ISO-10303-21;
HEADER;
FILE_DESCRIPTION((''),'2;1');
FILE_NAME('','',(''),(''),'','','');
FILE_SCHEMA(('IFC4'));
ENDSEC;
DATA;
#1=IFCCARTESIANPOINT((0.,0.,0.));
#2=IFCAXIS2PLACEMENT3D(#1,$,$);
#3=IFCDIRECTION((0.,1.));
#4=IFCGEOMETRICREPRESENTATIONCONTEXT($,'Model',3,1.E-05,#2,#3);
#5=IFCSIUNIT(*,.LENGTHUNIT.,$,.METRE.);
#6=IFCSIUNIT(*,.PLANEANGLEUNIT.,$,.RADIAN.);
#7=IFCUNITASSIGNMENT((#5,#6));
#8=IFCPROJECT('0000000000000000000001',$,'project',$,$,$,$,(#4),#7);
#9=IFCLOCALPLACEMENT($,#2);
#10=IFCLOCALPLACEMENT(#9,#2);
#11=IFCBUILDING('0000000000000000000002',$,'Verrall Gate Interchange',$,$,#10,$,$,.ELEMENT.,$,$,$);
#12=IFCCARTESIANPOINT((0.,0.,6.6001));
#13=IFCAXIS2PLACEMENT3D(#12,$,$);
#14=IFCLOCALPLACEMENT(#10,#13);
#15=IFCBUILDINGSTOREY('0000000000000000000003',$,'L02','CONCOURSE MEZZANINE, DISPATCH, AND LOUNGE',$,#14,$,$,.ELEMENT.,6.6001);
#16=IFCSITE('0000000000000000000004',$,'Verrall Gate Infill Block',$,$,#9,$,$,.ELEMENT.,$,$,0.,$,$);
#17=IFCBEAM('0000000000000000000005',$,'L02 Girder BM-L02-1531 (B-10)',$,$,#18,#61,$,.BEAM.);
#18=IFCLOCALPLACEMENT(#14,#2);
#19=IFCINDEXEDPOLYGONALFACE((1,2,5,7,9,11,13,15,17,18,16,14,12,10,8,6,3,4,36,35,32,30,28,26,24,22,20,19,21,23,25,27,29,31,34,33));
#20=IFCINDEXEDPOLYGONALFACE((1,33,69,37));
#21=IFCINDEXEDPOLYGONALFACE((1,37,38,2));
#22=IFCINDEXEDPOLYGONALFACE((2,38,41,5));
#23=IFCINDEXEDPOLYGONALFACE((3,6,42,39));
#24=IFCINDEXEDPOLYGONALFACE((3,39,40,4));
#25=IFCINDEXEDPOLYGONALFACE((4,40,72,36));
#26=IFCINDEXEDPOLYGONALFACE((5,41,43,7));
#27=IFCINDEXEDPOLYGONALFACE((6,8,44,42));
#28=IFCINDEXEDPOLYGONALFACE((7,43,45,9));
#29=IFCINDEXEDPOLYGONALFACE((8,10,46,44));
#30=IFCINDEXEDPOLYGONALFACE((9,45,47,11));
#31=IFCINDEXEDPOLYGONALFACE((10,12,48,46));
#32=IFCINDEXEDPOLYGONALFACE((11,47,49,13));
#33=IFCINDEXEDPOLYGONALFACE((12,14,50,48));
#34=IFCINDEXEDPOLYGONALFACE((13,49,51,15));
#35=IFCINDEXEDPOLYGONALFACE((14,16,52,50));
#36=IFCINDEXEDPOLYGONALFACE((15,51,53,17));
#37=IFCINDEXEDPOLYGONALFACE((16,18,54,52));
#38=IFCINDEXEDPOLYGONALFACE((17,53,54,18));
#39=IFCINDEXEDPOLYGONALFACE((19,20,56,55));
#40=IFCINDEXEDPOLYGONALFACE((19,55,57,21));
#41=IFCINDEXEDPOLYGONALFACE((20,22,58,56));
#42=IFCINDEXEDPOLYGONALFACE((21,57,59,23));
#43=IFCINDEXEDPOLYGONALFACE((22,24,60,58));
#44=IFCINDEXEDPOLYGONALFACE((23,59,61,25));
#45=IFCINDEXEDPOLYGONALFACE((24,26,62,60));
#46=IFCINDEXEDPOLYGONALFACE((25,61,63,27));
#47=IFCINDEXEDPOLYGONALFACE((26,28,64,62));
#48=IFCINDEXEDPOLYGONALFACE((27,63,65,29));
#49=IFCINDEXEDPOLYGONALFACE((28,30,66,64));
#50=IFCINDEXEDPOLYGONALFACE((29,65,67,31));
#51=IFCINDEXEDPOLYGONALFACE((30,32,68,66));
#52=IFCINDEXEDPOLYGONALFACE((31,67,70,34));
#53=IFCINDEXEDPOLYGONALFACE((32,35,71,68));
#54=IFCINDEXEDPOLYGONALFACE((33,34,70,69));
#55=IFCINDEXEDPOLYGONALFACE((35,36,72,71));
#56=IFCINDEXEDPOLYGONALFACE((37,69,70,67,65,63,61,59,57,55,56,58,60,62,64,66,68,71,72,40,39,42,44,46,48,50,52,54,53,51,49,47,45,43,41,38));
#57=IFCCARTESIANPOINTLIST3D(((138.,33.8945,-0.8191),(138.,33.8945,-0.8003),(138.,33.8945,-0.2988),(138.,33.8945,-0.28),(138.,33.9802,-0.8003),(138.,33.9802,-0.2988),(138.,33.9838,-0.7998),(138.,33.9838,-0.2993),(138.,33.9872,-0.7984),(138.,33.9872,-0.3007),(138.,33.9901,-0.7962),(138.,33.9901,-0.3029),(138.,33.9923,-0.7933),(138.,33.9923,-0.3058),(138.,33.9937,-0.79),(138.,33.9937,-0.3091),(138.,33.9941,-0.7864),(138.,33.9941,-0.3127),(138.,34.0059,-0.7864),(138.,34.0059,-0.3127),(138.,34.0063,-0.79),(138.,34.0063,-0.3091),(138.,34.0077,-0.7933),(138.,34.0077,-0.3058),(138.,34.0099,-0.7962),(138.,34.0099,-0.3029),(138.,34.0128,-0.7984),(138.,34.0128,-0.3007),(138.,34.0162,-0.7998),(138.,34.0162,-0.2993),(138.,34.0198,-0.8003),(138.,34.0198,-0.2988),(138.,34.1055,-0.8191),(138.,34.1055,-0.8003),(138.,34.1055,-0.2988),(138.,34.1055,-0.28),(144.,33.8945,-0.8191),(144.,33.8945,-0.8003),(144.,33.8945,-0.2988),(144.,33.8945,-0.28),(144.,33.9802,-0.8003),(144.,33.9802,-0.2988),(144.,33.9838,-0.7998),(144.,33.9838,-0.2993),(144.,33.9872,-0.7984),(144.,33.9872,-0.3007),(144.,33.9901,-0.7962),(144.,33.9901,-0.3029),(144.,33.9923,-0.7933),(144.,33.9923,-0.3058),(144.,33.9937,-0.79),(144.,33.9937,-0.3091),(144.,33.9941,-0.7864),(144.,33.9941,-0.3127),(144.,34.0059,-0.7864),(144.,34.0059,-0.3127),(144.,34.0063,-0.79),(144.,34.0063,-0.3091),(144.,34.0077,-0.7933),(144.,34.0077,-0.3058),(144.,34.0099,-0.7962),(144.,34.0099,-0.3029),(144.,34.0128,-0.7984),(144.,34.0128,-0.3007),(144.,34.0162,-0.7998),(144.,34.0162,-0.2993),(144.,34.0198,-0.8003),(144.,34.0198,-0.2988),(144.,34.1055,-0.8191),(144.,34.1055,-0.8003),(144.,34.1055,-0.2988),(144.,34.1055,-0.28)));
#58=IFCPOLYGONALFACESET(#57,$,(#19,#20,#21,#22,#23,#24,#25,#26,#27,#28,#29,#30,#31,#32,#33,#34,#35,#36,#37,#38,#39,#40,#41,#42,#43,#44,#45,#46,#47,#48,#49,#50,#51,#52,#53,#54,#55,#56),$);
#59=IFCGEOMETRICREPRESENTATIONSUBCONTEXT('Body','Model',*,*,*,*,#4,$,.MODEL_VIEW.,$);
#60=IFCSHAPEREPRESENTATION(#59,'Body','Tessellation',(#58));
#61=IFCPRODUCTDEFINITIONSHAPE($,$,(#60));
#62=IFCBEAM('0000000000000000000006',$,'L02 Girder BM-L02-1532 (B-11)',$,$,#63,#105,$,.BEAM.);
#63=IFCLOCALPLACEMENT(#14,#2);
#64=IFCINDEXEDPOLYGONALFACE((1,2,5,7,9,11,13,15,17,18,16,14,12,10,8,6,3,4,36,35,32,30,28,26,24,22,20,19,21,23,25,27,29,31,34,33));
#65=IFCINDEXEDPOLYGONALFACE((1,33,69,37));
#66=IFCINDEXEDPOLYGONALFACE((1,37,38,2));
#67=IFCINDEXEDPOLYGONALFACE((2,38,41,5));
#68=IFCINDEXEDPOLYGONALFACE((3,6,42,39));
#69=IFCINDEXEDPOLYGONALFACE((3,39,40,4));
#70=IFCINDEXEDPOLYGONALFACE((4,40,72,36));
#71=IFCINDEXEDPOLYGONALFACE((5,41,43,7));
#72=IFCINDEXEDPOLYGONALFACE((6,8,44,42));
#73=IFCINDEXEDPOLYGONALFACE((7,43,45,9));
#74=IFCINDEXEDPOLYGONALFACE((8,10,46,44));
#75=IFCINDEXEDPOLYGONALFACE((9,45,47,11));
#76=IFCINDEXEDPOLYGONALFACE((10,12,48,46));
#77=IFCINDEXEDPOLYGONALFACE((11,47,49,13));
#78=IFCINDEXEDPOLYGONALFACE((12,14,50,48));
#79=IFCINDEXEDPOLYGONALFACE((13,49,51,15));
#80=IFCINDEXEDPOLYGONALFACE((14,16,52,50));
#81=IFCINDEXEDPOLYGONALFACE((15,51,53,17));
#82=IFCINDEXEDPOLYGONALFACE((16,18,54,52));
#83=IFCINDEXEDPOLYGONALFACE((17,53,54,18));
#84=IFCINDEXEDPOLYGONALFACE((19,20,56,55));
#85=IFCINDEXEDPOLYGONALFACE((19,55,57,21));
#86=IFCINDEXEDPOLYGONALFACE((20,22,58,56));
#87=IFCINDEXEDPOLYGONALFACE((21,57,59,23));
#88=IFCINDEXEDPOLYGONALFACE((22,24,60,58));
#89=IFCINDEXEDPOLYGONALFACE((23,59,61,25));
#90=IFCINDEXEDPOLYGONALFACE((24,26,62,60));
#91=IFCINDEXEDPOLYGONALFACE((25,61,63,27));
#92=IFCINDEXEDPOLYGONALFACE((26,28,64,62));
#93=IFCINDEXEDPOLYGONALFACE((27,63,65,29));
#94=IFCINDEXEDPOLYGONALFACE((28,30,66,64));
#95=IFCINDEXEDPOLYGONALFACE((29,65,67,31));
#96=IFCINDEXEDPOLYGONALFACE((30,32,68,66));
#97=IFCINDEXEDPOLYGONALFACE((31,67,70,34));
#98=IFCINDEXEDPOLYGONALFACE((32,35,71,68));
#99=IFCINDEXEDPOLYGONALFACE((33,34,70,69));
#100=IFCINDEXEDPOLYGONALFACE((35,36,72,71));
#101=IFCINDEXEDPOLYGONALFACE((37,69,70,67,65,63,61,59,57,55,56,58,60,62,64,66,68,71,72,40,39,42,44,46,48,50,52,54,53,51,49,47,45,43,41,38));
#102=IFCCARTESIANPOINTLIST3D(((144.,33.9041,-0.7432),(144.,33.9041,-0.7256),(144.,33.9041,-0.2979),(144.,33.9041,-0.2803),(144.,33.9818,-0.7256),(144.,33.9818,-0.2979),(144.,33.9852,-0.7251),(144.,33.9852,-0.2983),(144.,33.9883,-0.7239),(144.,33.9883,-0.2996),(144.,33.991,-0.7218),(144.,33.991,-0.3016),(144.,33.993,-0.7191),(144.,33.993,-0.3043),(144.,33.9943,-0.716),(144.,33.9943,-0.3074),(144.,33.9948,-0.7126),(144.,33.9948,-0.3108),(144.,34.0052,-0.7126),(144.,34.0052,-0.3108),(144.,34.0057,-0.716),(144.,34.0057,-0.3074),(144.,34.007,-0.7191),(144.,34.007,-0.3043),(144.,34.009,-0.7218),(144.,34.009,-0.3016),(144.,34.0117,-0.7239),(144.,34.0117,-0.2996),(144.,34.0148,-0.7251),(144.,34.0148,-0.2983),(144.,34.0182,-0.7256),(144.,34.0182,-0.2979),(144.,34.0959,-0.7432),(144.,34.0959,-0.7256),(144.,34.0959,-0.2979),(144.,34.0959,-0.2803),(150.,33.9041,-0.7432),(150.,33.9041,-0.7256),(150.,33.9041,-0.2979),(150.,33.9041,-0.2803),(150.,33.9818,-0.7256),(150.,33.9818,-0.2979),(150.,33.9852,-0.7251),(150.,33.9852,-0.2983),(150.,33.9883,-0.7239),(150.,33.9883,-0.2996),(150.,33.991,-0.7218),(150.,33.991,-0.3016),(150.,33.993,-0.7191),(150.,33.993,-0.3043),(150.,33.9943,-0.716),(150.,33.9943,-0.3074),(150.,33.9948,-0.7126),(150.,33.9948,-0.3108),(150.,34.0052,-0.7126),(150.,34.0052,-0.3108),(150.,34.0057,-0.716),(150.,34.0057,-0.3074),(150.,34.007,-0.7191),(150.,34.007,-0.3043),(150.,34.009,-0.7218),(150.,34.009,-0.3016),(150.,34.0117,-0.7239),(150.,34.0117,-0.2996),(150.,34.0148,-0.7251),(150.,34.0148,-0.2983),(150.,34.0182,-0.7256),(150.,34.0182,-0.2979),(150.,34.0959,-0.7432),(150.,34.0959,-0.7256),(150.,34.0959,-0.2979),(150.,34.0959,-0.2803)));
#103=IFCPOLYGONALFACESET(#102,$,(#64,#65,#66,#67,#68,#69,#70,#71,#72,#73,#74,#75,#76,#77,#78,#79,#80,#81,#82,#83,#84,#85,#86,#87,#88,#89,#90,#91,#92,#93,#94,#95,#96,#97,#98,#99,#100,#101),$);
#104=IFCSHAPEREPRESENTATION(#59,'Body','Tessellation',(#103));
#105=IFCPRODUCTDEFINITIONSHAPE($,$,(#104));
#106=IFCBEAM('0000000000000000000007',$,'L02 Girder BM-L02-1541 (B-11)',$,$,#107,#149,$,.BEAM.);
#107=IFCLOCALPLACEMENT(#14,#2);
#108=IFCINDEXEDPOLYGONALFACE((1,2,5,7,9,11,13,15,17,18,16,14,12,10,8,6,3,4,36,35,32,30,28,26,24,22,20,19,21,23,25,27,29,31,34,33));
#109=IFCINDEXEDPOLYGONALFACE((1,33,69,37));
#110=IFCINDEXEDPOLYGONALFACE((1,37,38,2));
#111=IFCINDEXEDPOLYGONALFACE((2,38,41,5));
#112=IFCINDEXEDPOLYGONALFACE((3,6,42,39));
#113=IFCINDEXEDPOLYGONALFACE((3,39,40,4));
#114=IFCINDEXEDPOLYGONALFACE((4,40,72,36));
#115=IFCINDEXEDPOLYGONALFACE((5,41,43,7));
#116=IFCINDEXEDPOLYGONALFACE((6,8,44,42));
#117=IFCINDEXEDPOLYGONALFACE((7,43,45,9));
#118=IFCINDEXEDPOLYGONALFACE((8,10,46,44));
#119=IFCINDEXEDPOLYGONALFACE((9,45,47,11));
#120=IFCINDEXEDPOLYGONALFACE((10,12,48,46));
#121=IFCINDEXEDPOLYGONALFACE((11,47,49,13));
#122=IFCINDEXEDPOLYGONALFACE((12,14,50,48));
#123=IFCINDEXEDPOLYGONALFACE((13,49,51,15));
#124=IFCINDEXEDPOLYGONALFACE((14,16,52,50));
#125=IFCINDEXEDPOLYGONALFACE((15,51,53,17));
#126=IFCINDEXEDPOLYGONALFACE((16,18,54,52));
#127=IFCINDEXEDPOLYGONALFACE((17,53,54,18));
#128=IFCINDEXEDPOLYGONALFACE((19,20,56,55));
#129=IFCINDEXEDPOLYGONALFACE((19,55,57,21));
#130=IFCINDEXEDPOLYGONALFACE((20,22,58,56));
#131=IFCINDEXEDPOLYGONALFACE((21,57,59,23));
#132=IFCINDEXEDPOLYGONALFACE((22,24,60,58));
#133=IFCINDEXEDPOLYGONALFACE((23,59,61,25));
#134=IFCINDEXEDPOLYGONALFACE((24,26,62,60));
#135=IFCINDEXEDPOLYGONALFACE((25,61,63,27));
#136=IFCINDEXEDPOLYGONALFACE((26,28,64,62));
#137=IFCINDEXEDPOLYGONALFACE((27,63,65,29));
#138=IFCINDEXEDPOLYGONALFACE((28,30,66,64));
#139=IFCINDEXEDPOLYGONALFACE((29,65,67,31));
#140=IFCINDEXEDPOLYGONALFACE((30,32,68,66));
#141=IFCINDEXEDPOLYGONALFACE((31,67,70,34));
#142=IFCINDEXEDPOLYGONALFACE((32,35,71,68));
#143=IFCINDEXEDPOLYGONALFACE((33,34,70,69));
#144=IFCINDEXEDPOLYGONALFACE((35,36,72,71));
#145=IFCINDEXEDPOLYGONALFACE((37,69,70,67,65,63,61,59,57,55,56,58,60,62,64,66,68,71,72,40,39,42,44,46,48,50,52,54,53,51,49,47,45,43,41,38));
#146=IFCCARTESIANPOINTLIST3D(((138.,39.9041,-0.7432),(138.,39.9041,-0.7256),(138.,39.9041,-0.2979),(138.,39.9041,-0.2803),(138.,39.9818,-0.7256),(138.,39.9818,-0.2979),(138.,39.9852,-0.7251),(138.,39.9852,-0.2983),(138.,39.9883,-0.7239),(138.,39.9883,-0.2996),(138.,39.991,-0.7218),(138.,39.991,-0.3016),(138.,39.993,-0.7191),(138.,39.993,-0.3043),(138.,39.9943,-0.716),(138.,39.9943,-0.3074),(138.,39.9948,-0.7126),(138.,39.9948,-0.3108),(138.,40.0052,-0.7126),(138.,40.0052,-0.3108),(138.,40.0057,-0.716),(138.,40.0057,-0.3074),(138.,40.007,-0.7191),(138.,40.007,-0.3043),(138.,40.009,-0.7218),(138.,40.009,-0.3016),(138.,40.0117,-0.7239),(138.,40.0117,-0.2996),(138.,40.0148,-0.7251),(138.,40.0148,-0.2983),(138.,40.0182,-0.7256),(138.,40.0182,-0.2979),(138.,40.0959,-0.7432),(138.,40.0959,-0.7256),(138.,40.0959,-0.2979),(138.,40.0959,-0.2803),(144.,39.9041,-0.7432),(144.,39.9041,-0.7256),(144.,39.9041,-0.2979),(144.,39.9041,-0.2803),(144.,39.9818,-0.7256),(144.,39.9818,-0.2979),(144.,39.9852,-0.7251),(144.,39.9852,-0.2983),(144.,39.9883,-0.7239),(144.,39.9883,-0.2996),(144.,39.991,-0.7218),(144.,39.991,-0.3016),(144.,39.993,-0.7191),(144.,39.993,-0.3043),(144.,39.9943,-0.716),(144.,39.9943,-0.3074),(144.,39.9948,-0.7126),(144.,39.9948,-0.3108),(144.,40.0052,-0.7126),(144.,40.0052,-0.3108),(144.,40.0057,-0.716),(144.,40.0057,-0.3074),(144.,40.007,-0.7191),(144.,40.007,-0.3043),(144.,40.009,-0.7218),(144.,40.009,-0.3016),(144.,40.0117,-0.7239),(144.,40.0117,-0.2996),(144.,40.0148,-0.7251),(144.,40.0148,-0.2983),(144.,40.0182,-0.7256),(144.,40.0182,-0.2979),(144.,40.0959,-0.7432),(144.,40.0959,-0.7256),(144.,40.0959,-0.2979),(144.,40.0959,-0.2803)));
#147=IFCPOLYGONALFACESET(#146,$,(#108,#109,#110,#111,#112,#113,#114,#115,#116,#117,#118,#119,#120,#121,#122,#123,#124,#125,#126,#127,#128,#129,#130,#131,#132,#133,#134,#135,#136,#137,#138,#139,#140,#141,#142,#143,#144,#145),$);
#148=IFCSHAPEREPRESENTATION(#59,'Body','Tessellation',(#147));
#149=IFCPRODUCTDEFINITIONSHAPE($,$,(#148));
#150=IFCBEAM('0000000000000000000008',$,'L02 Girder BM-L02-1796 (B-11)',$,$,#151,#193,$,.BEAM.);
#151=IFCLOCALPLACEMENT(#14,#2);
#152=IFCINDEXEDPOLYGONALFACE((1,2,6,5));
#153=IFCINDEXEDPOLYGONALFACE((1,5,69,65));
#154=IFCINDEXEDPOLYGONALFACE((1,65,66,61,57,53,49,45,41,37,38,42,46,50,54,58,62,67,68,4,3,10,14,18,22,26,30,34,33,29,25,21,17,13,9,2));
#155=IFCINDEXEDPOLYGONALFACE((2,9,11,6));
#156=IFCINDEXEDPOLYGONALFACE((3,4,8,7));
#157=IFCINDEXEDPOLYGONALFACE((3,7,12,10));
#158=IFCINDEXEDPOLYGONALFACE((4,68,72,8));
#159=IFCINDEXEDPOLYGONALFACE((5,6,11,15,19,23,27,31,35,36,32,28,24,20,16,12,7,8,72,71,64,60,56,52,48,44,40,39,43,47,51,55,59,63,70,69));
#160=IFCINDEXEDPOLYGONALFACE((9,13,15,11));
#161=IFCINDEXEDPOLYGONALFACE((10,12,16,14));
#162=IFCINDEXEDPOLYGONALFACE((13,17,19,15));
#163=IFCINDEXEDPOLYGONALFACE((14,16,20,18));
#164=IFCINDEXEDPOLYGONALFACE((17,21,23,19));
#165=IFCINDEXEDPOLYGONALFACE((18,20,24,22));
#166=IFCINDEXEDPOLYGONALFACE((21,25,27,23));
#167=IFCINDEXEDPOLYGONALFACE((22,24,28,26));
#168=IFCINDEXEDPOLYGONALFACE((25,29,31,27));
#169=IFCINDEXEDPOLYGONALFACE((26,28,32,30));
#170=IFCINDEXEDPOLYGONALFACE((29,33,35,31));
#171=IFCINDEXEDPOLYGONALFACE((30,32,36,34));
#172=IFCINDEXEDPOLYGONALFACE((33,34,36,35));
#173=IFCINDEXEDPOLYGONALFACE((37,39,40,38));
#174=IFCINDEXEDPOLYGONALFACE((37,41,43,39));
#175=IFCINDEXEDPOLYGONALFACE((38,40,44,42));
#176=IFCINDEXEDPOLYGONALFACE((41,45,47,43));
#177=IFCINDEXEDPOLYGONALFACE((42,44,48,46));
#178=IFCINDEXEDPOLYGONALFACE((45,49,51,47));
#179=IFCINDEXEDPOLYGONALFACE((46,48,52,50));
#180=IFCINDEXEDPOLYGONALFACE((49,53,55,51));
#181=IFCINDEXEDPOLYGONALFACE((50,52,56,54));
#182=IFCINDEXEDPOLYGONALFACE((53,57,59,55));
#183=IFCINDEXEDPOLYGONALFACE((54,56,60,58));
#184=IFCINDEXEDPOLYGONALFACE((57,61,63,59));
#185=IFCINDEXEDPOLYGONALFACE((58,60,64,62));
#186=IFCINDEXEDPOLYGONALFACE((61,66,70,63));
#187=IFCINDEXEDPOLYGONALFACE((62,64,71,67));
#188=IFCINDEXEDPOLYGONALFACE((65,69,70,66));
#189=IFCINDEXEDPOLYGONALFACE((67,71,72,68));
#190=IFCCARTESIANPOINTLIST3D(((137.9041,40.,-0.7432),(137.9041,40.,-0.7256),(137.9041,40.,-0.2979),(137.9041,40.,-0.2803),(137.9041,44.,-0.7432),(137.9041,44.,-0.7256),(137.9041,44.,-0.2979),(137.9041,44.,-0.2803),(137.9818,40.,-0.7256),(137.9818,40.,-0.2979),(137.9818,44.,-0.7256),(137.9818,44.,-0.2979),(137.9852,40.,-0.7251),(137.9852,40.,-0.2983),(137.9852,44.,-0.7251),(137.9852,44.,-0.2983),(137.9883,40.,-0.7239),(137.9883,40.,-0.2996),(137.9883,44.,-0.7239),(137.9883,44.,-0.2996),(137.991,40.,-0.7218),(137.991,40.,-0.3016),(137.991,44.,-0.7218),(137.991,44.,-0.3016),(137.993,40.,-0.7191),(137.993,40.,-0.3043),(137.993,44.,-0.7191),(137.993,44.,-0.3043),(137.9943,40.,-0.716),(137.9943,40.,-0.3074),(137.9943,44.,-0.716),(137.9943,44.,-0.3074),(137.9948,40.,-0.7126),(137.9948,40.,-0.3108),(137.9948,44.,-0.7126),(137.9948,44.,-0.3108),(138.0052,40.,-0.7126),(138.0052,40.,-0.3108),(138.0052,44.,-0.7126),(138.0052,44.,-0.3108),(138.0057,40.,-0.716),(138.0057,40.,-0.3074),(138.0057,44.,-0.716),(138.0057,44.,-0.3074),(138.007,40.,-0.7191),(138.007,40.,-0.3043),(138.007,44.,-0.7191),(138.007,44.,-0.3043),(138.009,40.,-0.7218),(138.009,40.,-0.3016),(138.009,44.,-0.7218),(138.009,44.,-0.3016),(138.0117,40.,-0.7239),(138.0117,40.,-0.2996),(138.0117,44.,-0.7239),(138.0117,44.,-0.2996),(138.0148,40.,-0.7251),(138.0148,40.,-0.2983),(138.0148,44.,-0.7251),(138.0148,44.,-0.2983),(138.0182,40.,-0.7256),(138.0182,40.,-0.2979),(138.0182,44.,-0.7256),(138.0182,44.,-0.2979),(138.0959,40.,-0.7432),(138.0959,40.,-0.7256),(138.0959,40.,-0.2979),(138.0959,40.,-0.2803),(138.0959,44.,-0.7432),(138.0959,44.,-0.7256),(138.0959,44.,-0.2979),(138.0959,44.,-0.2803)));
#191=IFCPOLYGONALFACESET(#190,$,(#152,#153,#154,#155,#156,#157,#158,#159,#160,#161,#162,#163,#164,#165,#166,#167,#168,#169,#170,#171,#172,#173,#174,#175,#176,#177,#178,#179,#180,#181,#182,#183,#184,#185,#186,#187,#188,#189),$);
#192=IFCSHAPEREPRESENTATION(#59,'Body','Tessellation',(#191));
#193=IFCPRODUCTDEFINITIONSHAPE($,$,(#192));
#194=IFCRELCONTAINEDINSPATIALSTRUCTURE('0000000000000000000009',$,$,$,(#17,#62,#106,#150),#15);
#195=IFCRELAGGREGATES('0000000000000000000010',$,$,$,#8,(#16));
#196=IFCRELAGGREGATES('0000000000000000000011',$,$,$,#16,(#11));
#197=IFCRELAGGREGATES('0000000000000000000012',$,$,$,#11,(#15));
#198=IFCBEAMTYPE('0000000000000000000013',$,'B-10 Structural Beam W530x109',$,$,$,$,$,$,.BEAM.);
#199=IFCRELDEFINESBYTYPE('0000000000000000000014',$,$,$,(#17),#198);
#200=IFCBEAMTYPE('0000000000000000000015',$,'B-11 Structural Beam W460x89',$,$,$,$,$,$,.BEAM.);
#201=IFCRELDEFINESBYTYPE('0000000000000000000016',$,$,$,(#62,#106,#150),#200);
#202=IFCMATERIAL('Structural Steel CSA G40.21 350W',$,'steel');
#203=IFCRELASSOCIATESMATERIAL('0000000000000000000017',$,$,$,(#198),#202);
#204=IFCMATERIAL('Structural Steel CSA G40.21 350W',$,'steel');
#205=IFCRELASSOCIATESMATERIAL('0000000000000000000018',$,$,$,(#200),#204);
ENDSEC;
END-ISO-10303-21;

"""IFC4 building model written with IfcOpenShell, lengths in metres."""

from ifc_helpers import new_model, si_unit, direction, frame, origin, origin_2d, place, context, subcontext, project, spatial, i_section, extrude, material, material_profile, profile_set, type_object, element, save


model = new_model("IFC4")

# Units and contexts
model_context = context("Model", 3, precision=1e-05, world=origin(), true_north=direction((0.0, 1.0)))
body_context = subcontext(model_context, "Body", "Model", "MODEL_VIEW")
ifc_project = project(units=[si_unit("LENGTHUNIT", "METRE"), si_unit("PLANEANGLEUNIT", "RADIAN")], contexts=[model_context])

# Site, building, storey
site_placement = place(None, origin())
site = spatial("IfcSite", under=ifc_project, at=site_placement, Name="Verrall Gate Infill Block", CompositionType="ELEMENT", RefElevation=0.0)
building_placement = place(site_placement, origin())
building = spatial("IfcBuilding", under=site, at=building_placement, Name="Verrall Gate Interchange", CompositionType="ELEMENT")
storey_placement = place(building_placement, frame((0.0, 0.0, 6.6001)))
storey = spatial("IfcBuildingStorey", under=building, at=storey_placement, Name="L02", Description="CONCOURSE MEZZANINE, DISPATCH, AND LOUNGE", CompositionType="ELEMENT", Elevation=6.6001)

# Beams
ifc_material_1 = material(Name="Structural Steel CSA G40.21 350W", Category="steel")
ifc_material_profile_1 = material_profile(ifc_material_1, i_section(OverallWidth=0.2109, OverallDepth=0.5391, WebThickness=0.0117, FlangeThickness=0.0188, FilletRadius=0.0139, at=origin_2d()), Name="W530x109")
ifc_profile_set_1 = profile_set([ifc_material_profile_1], Name="Structural Steel CSA G40.21 350W")
beam_type_1 = type_object("IfcBeamType", Name="B-10 Structural Beam W530x109", PredefinedType="BEAM", material=ifc_profile_set_1)
beam_1_placement = place(storey_placement, frame((138.0, 34.0, -0.5496), z_axis=(1.0, 0.0, 0.0), x_axis=(0.0, 1.0, 0.0)))
element("IfcBeam", 1, at=beam_1_placement, inside=storey, type_object=beam_type_1, Name="L02 Girder BM-L02-1531 (B-10)", PredefinedType="BEAM", context=body_context, shape_type="SweptSolid", body=[
    extrude(i_section(OverallWidth=0.2109, OverallDepth=0.5391, WebThickness=0.0117, FlangeThickness=0.0188, FilletRadius=0.0139, at=origin_2d()), origin(), (0.0, 0.0, 1.0), 6.0),
])
ifc_material_2 = material(Name="Structural Steel CSA G40.21 350W", Category="steel")
ifc_material_profile_2 = material_profile(ifc_material_2, i_section(OverallWidth=0.1919, OverallDepth=0.4629, WebThickness=0.0105, FlangeThickness=0.0176, FilletRadius=0.0129, at=origin_2d()), Name="W460x89")
ifc_profile_set_2 = profile_set([ifc_material_profile_2], Name="Structural Steel CSA G40.21 350W")
beam_type_2 = type_object("IfcBeamType", Name="B-11 Structural Beam W460x89", PredefinedType="BEAM", material=ifc_profile_set_2)
for number, where, z_axis, x_axis, name in (
    (2, (144.0, 34.0, -0.5117), (1.0, 0.0, 0.0), (0.0, 1.0, 0.0), "L02 Girder BM-L02-1532 (B-11)"),
    (3, (138.0, 40.0, -0.5117), (1.0, 0.0, 0.0), (0.0, 1.0, 0.0), "L02 Girder BM-L02-1541 (B-11)"),
):
    element("IfcBeam", number, at=place(storey_placement, frame(where, z_axis=z_axis, x_axis=x_axis)), inside=storey, type_object=beam_type_2, Name=name, PredefinedType="BEAM", context=body_context, shape_type="SweptSolid", body=[
        extrude(i_section(OverallWidth=0.1919, OverallDepth=0.4629, WebThickness=0.0105, FlangeThickness=0.0176, FilletRadius=0.0129, at=origin_2d()), origin(), (0.0, 0.0, 1.0), 6.0),
    ])
beam_2_placement = place(storey_placement, frame((138.0, 40.0, -0.5117), z_axis=(0.0, 1.0, 0.0), x_axis=(-1.0, 0.0, 0.0)))
element("IfcBeam", 4, at=beam_2_placement, inside=storey, type_object=beam_type_2, Name="L02 Girder BM-L02-1796 (B-11)", PredefinedType="BEAM", context=body_context, shape_type="SweptSolid", body=[
    extrude(i_section(OverallWidth=0.1919, OverallDepth=0.4629, WebThickness=0.0105, FlangeThickness=0.0176, FilletRadius=0.0129, at=origin_2d()), origin(), (0.0, 0.0, 1.0), 4.0),
])

save(model, "model.ifc")
